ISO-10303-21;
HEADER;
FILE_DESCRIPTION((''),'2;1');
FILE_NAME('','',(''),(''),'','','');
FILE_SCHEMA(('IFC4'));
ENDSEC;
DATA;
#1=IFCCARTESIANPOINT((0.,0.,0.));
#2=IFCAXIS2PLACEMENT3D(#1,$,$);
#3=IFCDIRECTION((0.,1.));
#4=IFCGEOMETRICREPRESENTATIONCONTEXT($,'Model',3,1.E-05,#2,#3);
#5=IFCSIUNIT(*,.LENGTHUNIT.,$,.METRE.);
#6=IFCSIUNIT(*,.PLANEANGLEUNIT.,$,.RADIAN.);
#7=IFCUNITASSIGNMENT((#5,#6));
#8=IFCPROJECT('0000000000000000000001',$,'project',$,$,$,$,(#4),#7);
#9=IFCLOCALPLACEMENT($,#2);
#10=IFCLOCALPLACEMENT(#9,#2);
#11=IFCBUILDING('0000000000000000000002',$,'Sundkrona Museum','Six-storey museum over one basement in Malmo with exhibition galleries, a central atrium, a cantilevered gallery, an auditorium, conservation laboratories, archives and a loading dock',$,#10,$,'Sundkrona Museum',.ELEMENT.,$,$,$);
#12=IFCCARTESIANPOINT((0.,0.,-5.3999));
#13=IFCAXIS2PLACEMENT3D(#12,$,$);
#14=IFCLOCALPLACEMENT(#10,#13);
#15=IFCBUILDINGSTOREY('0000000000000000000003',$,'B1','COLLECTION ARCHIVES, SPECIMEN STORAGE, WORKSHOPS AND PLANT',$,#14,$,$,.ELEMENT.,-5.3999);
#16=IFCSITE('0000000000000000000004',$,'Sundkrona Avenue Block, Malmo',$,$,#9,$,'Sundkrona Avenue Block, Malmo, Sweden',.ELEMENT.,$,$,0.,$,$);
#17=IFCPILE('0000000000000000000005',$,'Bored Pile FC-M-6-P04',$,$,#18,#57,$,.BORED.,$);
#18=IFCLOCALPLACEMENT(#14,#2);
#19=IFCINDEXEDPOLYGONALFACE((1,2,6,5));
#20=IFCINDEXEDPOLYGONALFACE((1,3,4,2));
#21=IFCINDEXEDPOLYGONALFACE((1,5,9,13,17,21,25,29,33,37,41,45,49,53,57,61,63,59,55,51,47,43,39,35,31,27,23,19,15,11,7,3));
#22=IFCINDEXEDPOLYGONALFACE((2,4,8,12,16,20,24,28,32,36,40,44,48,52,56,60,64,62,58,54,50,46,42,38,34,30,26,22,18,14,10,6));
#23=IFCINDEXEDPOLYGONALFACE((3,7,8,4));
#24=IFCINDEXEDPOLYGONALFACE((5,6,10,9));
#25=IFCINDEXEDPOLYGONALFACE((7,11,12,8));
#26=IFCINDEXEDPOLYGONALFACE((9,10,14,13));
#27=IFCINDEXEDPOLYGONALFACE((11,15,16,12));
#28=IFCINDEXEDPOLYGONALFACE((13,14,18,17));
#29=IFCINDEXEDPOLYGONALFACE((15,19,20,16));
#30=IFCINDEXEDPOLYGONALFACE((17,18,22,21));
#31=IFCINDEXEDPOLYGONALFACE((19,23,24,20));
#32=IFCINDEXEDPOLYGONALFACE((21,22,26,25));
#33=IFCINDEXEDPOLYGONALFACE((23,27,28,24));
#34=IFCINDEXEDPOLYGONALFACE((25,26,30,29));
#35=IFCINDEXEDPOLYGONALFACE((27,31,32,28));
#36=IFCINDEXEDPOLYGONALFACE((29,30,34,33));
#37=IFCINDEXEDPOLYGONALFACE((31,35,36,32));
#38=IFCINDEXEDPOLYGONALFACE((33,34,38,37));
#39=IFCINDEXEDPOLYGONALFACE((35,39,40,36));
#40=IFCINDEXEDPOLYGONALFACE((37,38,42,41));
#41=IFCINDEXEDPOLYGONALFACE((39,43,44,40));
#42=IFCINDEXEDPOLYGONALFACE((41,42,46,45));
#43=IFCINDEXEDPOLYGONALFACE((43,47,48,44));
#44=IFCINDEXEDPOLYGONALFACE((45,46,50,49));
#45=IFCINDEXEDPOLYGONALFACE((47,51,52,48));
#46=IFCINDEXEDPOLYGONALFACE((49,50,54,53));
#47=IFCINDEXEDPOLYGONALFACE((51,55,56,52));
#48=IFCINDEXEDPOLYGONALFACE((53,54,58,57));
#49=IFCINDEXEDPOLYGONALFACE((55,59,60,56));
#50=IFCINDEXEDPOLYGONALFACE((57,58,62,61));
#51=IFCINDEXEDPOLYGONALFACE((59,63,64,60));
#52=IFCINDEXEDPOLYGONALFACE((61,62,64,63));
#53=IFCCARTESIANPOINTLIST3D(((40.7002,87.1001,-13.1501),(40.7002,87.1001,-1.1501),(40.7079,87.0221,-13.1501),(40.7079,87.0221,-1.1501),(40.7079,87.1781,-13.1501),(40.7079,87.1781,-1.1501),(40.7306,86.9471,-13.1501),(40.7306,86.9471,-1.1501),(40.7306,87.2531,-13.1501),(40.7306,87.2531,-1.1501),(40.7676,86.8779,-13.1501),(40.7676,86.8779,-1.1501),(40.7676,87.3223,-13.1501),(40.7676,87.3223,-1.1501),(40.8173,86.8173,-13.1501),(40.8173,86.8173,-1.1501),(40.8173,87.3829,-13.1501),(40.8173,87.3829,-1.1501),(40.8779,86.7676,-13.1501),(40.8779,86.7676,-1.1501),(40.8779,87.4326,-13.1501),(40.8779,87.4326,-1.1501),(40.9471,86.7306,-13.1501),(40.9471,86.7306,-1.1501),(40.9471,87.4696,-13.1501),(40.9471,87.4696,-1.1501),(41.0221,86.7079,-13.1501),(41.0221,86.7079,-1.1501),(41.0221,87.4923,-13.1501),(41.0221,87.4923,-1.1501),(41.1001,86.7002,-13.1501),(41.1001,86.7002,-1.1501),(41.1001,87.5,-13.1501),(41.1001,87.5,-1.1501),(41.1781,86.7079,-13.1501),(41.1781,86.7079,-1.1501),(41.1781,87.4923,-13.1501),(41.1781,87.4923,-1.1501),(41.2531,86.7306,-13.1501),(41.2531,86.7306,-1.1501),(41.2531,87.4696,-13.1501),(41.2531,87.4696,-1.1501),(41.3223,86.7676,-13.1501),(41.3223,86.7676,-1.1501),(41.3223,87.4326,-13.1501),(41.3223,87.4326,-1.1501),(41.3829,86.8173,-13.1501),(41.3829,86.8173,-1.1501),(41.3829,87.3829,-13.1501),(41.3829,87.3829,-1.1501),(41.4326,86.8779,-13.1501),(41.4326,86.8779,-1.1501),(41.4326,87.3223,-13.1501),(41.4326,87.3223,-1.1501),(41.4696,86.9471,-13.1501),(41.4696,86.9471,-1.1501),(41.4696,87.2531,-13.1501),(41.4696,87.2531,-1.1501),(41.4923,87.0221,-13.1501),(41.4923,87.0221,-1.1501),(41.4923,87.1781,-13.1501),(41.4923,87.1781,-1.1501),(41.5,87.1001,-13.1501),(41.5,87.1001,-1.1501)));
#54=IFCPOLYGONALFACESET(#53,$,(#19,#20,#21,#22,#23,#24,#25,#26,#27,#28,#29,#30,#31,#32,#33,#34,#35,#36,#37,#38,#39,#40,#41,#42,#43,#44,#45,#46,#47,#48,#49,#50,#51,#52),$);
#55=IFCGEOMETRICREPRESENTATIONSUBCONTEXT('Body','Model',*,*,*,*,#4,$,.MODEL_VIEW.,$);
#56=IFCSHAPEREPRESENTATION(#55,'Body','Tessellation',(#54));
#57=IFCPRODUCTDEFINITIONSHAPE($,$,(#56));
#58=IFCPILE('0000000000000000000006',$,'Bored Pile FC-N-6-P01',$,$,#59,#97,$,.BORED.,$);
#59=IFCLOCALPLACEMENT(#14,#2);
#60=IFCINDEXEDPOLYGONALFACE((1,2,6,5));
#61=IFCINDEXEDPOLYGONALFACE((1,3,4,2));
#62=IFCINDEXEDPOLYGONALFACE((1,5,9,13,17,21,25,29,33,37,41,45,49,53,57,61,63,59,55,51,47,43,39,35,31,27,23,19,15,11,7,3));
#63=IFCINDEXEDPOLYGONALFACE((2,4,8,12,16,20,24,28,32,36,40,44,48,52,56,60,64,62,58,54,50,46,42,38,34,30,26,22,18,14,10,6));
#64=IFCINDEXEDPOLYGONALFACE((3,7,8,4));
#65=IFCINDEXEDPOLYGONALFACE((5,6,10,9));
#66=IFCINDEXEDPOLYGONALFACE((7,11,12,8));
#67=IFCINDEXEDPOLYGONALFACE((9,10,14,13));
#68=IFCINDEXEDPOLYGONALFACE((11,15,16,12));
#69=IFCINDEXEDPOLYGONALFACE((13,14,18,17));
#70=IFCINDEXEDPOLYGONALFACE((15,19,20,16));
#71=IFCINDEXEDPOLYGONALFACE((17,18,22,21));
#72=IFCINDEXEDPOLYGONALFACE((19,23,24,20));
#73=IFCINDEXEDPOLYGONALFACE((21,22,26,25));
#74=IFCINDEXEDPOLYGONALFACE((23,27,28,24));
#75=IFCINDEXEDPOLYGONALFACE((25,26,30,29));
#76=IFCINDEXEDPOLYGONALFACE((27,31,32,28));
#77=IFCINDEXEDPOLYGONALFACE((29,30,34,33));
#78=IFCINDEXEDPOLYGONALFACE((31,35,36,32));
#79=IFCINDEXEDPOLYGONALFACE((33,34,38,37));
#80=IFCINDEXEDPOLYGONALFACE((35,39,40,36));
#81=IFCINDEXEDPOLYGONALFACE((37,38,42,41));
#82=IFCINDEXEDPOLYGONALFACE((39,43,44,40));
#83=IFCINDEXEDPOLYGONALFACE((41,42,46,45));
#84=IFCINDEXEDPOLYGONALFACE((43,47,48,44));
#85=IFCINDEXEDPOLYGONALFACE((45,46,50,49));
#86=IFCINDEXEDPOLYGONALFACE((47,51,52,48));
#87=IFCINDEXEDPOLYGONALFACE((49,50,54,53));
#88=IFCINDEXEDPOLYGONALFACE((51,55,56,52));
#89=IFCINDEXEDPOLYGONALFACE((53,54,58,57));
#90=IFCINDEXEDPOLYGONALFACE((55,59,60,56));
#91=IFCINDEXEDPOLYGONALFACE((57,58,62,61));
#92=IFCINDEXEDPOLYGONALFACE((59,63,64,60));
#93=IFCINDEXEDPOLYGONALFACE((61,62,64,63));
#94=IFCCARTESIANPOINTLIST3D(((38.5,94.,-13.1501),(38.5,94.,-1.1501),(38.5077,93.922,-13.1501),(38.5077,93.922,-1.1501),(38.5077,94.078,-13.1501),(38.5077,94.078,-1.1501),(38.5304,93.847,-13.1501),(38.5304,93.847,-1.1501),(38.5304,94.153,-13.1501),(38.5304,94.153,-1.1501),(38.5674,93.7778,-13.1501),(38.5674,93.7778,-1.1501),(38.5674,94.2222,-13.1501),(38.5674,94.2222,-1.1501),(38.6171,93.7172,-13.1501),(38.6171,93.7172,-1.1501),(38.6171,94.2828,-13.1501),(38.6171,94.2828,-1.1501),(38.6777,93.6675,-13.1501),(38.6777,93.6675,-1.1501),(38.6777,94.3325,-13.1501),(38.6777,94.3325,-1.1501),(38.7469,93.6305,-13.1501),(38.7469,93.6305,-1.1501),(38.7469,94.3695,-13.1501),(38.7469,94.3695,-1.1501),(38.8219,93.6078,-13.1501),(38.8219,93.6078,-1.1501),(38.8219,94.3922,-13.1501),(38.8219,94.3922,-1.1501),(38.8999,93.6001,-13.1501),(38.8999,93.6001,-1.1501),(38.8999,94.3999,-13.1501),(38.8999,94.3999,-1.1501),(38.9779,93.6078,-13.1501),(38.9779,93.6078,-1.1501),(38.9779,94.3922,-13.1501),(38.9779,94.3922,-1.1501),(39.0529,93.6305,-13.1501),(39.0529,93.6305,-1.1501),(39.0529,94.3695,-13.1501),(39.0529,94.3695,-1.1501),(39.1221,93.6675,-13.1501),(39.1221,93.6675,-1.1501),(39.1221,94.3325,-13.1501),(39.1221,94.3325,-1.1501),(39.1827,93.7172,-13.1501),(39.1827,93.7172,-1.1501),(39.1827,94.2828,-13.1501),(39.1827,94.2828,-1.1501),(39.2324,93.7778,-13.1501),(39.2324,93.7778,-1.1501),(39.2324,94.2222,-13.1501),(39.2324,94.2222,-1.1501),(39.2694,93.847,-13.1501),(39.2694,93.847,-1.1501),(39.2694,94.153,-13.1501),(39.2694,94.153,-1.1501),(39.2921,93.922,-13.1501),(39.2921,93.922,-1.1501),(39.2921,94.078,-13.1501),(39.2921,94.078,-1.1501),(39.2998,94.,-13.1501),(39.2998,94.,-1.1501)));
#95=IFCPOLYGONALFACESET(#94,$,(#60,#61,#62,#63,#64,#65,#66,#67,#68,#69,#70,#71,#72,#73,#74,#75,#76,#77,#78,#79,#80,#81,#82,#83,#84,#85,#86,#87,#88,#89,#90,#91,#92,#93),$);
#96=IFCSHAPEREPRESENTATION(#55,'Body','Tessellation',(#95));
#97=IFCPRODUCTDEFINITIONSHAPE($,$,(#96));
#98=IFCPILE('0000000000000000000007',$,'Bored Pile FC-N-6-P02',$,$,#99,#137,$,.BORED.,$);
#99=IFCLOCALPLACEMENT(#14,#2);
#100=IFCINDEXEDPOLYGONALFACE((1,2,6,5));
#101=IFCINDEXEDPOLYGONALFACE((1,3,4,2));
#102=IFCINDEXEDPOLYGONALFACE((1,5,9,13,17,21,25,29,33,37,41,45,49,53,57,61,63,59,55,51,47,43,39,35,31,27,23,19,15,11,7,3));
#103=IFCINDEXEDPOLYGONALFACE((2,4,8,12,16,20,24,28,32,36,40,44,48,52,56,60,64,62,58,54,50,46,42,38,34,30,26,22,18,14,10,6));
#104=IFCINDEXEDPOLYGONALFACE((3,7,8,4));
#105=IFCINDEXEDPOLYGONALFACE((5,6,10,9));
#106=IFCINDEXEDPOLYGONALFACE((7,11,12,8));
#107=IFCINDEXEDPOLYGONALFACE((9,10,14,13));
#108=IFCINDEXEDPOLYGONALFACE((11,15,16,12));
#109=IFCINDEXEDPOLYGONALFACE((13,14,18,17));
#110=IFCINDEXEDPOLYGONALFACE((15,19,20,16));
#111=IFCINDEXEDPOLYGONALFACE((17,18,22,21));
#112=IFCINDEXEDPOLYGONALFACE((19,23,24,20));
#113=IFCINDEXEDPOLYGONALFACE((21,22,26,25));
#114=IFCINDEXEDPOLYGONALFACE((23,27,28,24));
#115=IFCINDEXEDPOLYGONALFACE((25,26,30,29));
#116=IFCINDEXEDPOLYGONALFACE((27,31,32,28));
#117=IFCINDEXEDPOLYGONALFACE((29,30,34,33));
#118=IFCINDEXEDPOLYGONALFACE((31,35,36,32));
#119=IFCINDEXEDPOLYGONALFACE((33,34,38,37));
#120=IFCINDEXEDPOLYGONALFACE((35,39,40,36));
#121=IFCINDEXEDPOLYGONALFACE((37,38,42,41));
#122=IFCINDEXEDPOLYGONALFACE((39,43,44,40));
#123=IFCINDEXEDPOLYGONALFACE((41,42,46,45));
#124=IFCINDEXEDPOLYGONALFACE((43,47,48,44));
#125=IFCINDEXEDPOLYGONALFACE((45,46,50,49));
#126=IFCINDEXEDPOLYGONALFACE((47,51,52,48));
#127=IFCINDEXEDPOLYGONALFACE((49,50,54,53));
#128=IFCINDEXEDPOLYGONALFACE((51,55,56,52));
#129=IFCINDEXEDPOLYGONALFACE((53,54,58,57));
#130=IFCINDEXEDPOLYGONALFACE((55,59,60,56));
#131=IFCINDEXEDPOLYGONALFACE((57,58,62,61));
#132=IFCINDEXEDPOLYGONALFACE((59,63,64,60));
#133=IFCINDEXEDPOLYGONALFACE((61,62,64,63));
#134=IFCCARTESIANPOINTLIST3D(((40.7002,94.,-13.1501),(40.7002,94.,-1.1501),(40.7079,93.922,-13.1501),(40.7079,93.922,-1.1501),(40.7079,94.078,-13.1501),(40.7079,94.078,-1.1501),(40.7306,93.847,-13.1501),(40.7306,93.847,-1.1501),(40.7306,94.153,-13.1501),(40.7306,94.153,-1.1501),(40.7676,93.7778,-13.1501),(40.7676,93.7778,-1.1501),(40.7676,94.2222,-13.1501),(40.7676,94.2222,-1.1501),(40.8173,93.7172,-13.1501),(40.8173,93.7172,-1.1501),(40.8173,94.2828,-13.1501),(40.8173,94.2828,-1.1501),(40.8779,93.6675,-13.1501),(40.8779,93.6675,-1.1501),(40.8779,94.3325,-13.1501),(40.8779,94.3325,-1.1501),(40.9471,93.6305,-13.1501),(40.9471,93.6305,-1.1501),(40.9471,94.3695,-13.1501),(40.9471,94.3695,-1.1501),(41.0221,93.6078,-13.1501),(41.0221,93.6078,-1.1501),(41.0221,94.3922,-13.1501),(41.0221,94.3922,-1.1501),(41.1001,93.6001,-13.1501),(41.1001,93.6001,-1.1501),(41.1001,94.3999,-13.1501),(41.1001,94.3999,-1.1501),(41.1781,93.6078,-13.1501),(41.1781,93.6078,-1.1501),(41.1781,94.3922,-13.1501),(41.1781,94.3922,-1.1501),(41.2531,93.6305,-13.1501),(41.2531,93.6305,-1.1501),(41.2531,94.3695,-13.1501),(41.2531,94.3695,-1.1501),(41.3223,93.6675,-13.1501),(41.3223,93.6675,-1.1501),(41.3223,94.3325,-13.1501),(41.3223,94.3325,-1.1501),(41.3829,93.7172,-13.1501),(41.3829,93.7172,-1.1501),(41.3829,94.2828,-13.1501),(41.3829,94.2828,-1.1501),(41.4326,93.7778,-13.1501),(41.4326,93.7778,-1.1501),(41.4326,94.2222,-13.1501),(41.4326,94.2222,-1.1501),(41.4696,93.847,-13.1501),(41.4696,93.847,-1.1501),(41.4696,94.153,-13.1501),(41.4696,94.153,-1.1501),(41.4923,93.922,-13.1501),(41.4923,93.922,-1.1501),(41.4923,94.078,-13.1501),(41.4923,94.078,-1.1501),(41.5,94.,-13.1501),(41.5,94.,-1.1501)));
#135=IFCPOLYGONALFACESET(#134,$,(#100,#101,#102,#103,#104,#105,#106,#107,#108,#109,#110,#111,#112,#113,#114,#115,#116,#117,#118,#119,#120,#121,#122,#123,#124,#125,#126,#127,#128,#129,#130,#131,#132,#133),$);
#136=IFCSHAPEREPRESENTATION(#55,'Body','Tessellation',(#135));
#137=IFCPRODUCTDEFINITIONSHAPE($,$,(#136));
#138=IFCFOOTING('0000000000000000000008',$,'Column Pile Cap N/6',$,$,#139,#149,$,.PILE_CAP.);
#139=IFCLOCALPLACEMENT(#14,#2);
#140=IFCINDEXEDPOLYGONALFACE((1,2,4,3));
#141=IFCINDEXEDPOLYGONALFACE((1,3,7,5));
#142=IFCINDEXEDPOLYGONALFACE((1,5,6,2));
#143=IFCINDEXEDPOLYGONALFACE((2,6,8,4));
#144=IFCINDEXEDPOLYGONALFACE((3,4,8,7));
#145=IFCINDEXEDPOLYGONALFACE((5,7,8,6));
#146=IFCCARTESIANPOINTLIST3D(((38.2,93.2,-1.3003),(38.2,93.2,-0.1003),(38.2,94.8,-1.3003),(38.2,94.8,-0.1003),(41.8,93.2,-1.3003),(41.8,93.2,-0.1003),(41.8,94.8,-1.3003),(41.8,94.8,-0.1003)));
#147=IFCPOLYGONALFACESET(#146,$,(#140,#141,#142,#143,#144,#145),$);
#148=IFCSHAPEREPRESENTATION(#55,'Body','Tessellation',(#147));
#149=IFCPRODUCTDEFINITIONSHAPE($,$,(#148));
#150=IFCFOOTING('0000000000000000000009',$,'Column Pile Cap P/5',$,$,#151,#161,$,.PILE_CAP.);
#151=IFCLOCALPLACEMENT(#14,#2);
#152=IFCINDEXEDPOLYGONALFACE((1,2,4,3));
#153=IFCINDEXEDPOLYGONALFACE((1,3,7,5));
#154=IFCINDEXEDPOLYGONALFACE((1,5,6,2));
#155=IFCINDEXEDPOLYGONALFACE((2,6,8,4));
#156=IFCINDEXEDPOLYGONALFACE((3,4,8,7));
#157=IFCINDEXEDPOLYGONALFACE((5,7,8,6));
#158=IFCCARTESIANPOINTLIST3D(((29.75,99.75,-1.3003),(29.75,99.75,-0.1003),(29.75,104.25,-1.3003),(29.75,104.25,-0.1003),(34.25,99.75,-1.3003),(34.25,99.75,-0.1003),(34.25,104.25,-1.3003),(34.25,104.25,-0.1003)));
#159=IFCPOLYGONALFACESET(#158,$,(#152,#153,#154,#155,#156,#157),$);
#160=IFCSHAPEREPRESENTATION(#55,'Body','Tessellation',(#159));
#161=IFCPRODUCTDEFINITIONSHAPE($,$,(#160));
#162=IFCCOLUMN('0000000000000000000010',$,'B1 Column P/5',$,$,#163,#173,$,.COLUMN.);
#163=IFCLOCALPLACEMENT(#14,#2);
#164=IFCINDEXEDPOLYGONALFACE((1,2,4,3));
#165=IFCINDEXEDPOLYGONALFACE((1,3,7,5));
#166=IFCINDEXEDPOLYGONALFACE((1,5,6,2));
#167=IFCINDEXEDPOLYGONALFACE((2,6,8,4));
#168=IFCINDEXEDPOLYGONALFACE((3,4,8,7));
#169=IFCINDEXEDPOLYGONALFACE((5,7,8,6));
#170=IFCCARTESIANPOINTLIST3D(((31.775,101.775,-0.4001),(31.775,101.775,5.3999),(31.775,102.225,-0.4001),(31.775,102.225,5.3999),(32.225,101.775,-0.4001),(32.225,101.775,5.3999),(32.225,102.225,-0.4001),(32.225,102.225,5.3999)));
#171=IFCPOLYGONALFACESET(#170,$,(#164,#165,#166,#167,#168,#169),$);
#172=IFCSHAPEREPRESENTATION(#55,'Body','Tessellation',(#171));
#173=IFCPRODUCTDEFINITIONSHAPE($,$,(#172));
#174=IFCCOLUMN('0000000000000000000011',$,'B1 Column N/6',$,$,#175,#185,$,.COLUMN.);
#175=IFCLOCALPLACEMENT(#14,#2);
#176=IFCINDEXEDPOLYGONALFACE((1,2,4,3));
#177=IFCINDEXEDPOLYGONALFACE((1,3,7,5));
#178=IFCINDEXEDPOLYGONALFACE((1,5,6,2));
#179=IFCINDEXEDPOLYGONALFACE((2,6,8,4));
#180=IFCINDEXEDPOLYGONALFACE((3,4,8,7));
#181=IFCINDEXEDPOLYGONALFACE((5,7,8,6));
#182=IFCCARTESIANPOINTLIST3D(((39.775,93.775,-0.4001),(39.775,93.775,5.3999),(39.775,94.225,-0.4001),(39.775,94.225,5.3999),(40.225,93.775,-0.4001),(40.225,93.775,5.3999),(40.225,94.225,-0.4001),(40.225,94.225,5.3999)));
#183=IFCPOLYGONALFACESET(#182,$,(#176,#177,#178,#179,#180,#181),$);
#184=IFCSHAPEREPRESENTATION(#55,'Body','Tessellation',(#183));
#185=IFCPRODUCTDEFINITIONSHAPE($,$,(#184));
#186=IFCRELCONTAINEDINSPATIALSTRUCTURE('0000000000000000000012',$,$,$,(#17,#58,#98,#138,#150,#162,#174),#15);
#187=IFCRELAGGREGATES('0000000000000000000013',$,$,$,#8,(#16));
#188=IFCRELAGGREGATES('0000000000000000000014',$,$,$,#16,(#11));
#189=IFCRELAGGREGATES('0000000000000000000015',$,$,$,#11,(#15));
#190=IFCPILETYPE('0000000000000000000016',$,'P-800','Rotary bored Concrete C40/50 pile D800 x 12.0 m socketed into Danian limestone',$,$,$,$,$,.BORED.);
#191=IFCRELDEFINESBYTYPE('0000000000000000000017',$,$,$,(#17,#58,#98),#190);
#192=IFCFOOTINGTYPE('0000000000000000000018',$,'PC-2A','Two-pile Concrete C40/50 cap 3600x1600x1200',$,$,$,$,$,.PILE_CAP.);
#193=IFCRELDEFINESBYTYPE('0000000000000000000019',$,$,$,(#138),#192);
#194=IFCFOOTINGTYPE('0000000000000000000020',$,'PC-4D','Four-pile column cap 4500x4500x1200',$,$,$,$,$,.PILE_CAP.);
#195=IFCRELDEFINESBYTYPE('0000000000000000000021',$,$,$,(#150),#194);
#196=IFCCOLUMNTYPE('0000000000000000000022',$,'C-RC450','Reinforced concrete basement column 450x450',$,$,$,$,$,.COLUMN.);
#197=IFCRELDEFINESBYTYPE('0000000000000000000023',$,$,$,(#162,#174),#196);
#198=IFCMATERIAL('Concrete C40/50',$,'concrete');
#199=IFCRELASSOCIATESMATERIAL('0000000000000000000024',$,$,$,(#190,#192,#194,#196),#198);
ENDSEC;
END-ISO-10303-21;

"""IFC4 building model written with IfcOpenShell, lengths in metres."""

from ifc_helpers import new_model, si_unit, direction, frame, origin, origin_2d, place, context, subcontext, project, spatial, rectangle, circle, extrude, material, material_profile, profile_set, type_object, element, save


model = new_model("IFC4")

# Units and contexts
model_context = context("Model", 3, precision=1e-05, world=origin(), true_north=direction((0.0, 1.0)))
body_context = subcontext(model_context, "Body", "Model", "MODEL_VIEW")
ifc_project = project(units=[si_unit("LENGTHUNIT", "METRE"), si_unit("PLANEANGLEUNIT", "RADIAN")], contexts=[model_context])

# Site, building, storey
site_placement = place(None, origin())
site = spatial("IfcSite", under=ifc_project, at=site_placement, Name="Sundkrona Avenue Block, Malmo", LongName="Sundkrona Avenue Block, Malmo, Sweden", CompositionType="ELEMENT", RefElevation=0.0)
building_placement = place(site_placement, origin())
building = spatial("IfcBuilding", under=site, at=building_placement, Name="Sundkrona Museum", Description="Six-storey museum over one basement in Malmo with exhibition galleries, a central atrium, a cantilevered gallery, an auditorium, conservation laboratories, archives and a loading dock", LongName="Sundkrona Museum", CompositionType="ELEMENT")
storey_placement = place(building_placement, frame((0.0, 0.0, -5.3999)))
storey = spatial("IfcBuildingStorey", under=building, at=storey_placement, Name="B1", Description="COLLECTION ARCHIVES, SPECIMEN STORAGE, WORKSHOPS AND PLANT", CompositionType="ELEMENT", Elevation=-5.3999)

# Shared definitions
ifc_material_1 = material(Name="Concrete C40/50", Category="concrete")

# Piles
ifc_material_profile_1 = material_profile(ifc_material_1, circle(Radius=0.3999, at=origin_2d()), Name="PILE D800")
ifc_profile_set_1 = profile_set([ifc_material_profile_1], Name="Concrete C40/50")
pile_type = type_object("IfcPileType", Name="P-800", Description="Rotary bored Concrete C40/50 pile D800 x 12.0 m socketed into Danian limestone", PredefinedType="BORED", material=ifc_profile_set_1)
for number, where, z_axis, x_axis, name in (
    (1, (41.1001, 87.1001, -1.1501), (0.0, 0.0, -1.0), (1.0, 0.0, 0.0), "Bored Pile FC-M-6-P04"),
    (2, (38.8999, 94.0, -1.1501), (0.0, 0.0, -1.0), (1.0, 0.0, 0.0), "Bored Pile FC-N-6-P01"),
    (3, (41.1001, 94.0, -1.1501), (0.0, 0.0, -1.0), (1.0, 0.0, 0.0), "Bored Pile FC-N-6-P02"),
):
    element("IfcPile", number, at=place(storey_placement, frame(where, z_axis=z_axis, x_axis=x_axis)), inside=storey, type_object=pile_type, Name=name, PredefinedType="BORED", context=body_context, shape_type="SweptSolid", body=[
        extrude(circle(Radius=0.3999, at=origin_2d()), origin(), (0.0, 0.0, 1.0), 12.0),
    ])

# Footings
footing_type_1 = type_object("IfcFootingType", Name="PC-2A", Description="Two-pile Concrete C40/50 cap 3600x1600x1200", PredefinedType="PILE_CAP", material=ifc_material_1)
footing_1_placement = place(storey_placement, frame((40.0, 94.0, -1.3003), z_axis=(0.0, 0.0, 1.0), x_axis=(1.0, 0.0, 0.0)))
element("IfcFooting", 4, at=footing_1_placement, inside=storey, type_object=footing_type_1, Name="Column Pile Cap N/6", PredefinedType="PILE_CAP", context=body_context, shape_type="SweptSolid", body=[
    extrude(rectangle(XDim=3.6001, YDim=1.6001, at=origin_2d()), origin(), (0.0, 0.0, 1.0), 1.2),
])
footing_type_2 = type_object("IfcFootingType", Name="PC-4D", Description="Four-pile column cap 4500x4500x1200", PredefinedType="PILE_CAP", material=ifc_material_1)
footing_2_placement = place(storey_placement, frame((32.0, 102.0, -1.3003), z_axis=(0.0, 0.0, 1.0), x_axis=(1.0, 0.0, 0.0)))
element("IfcFooting", 5, at=footing_2_placement, inside=storey, type_object=footing_type_2, Name="Column Pile Cap P/5", PredefinedType="PILE_CAP", context=body_context, shape_type="SweptSolid", body=[
    extrude(rectangle(XDim=4.5, YDim=4.5, at=origin_2d()), origin(), (0.0, 0.0, 1.0), 1.2),
])

# Columns
ifc_material_profile_2 = material_profile(ifc_material_1, rectangle(XDim=0.45, YDim=0.45, at=origin_2d()), Name="RC 450x450")
ifc_profile_set_2 = profile_set([ifc_material_profile_2], Name="Concrete C40/50")
column_type = type_object("IfcColumnType", Name="C-RC450", Description="Reinforced concrete basement column 450x450", PredefinedType="COLUMN", material=ifc_profile_set_2)
for number, where, z_axis, x_axis, name in (
    (6, (32.0, 102.0, -0.4001), (0.0, 0.0, 1.0), (1.0, 0.0, 0.0), "B1 Column P/5"),
    (7, (40.0, 94.0, -0.4001), (0.0, 0.0, 1.0), (1.0, 0.0, 0.0), "B1 Column N/6"),
):
    element("IfcColumn", number, at=place(storey_placement, frame(where, z_axis=z_axis, x_axis=x_axis)), inside=storey, type_object=column_type, Name=name, PredefinedType="COLUMN", context=body_context, shape_type="SweptSolid", body=[
        extrude(rectangle(XDim=0.45, YDim=0.45, at=origin_2d()), origin(), (0.0, 0.0, 1.0), 5.8),
    ])

save(model, "model.ifc")
